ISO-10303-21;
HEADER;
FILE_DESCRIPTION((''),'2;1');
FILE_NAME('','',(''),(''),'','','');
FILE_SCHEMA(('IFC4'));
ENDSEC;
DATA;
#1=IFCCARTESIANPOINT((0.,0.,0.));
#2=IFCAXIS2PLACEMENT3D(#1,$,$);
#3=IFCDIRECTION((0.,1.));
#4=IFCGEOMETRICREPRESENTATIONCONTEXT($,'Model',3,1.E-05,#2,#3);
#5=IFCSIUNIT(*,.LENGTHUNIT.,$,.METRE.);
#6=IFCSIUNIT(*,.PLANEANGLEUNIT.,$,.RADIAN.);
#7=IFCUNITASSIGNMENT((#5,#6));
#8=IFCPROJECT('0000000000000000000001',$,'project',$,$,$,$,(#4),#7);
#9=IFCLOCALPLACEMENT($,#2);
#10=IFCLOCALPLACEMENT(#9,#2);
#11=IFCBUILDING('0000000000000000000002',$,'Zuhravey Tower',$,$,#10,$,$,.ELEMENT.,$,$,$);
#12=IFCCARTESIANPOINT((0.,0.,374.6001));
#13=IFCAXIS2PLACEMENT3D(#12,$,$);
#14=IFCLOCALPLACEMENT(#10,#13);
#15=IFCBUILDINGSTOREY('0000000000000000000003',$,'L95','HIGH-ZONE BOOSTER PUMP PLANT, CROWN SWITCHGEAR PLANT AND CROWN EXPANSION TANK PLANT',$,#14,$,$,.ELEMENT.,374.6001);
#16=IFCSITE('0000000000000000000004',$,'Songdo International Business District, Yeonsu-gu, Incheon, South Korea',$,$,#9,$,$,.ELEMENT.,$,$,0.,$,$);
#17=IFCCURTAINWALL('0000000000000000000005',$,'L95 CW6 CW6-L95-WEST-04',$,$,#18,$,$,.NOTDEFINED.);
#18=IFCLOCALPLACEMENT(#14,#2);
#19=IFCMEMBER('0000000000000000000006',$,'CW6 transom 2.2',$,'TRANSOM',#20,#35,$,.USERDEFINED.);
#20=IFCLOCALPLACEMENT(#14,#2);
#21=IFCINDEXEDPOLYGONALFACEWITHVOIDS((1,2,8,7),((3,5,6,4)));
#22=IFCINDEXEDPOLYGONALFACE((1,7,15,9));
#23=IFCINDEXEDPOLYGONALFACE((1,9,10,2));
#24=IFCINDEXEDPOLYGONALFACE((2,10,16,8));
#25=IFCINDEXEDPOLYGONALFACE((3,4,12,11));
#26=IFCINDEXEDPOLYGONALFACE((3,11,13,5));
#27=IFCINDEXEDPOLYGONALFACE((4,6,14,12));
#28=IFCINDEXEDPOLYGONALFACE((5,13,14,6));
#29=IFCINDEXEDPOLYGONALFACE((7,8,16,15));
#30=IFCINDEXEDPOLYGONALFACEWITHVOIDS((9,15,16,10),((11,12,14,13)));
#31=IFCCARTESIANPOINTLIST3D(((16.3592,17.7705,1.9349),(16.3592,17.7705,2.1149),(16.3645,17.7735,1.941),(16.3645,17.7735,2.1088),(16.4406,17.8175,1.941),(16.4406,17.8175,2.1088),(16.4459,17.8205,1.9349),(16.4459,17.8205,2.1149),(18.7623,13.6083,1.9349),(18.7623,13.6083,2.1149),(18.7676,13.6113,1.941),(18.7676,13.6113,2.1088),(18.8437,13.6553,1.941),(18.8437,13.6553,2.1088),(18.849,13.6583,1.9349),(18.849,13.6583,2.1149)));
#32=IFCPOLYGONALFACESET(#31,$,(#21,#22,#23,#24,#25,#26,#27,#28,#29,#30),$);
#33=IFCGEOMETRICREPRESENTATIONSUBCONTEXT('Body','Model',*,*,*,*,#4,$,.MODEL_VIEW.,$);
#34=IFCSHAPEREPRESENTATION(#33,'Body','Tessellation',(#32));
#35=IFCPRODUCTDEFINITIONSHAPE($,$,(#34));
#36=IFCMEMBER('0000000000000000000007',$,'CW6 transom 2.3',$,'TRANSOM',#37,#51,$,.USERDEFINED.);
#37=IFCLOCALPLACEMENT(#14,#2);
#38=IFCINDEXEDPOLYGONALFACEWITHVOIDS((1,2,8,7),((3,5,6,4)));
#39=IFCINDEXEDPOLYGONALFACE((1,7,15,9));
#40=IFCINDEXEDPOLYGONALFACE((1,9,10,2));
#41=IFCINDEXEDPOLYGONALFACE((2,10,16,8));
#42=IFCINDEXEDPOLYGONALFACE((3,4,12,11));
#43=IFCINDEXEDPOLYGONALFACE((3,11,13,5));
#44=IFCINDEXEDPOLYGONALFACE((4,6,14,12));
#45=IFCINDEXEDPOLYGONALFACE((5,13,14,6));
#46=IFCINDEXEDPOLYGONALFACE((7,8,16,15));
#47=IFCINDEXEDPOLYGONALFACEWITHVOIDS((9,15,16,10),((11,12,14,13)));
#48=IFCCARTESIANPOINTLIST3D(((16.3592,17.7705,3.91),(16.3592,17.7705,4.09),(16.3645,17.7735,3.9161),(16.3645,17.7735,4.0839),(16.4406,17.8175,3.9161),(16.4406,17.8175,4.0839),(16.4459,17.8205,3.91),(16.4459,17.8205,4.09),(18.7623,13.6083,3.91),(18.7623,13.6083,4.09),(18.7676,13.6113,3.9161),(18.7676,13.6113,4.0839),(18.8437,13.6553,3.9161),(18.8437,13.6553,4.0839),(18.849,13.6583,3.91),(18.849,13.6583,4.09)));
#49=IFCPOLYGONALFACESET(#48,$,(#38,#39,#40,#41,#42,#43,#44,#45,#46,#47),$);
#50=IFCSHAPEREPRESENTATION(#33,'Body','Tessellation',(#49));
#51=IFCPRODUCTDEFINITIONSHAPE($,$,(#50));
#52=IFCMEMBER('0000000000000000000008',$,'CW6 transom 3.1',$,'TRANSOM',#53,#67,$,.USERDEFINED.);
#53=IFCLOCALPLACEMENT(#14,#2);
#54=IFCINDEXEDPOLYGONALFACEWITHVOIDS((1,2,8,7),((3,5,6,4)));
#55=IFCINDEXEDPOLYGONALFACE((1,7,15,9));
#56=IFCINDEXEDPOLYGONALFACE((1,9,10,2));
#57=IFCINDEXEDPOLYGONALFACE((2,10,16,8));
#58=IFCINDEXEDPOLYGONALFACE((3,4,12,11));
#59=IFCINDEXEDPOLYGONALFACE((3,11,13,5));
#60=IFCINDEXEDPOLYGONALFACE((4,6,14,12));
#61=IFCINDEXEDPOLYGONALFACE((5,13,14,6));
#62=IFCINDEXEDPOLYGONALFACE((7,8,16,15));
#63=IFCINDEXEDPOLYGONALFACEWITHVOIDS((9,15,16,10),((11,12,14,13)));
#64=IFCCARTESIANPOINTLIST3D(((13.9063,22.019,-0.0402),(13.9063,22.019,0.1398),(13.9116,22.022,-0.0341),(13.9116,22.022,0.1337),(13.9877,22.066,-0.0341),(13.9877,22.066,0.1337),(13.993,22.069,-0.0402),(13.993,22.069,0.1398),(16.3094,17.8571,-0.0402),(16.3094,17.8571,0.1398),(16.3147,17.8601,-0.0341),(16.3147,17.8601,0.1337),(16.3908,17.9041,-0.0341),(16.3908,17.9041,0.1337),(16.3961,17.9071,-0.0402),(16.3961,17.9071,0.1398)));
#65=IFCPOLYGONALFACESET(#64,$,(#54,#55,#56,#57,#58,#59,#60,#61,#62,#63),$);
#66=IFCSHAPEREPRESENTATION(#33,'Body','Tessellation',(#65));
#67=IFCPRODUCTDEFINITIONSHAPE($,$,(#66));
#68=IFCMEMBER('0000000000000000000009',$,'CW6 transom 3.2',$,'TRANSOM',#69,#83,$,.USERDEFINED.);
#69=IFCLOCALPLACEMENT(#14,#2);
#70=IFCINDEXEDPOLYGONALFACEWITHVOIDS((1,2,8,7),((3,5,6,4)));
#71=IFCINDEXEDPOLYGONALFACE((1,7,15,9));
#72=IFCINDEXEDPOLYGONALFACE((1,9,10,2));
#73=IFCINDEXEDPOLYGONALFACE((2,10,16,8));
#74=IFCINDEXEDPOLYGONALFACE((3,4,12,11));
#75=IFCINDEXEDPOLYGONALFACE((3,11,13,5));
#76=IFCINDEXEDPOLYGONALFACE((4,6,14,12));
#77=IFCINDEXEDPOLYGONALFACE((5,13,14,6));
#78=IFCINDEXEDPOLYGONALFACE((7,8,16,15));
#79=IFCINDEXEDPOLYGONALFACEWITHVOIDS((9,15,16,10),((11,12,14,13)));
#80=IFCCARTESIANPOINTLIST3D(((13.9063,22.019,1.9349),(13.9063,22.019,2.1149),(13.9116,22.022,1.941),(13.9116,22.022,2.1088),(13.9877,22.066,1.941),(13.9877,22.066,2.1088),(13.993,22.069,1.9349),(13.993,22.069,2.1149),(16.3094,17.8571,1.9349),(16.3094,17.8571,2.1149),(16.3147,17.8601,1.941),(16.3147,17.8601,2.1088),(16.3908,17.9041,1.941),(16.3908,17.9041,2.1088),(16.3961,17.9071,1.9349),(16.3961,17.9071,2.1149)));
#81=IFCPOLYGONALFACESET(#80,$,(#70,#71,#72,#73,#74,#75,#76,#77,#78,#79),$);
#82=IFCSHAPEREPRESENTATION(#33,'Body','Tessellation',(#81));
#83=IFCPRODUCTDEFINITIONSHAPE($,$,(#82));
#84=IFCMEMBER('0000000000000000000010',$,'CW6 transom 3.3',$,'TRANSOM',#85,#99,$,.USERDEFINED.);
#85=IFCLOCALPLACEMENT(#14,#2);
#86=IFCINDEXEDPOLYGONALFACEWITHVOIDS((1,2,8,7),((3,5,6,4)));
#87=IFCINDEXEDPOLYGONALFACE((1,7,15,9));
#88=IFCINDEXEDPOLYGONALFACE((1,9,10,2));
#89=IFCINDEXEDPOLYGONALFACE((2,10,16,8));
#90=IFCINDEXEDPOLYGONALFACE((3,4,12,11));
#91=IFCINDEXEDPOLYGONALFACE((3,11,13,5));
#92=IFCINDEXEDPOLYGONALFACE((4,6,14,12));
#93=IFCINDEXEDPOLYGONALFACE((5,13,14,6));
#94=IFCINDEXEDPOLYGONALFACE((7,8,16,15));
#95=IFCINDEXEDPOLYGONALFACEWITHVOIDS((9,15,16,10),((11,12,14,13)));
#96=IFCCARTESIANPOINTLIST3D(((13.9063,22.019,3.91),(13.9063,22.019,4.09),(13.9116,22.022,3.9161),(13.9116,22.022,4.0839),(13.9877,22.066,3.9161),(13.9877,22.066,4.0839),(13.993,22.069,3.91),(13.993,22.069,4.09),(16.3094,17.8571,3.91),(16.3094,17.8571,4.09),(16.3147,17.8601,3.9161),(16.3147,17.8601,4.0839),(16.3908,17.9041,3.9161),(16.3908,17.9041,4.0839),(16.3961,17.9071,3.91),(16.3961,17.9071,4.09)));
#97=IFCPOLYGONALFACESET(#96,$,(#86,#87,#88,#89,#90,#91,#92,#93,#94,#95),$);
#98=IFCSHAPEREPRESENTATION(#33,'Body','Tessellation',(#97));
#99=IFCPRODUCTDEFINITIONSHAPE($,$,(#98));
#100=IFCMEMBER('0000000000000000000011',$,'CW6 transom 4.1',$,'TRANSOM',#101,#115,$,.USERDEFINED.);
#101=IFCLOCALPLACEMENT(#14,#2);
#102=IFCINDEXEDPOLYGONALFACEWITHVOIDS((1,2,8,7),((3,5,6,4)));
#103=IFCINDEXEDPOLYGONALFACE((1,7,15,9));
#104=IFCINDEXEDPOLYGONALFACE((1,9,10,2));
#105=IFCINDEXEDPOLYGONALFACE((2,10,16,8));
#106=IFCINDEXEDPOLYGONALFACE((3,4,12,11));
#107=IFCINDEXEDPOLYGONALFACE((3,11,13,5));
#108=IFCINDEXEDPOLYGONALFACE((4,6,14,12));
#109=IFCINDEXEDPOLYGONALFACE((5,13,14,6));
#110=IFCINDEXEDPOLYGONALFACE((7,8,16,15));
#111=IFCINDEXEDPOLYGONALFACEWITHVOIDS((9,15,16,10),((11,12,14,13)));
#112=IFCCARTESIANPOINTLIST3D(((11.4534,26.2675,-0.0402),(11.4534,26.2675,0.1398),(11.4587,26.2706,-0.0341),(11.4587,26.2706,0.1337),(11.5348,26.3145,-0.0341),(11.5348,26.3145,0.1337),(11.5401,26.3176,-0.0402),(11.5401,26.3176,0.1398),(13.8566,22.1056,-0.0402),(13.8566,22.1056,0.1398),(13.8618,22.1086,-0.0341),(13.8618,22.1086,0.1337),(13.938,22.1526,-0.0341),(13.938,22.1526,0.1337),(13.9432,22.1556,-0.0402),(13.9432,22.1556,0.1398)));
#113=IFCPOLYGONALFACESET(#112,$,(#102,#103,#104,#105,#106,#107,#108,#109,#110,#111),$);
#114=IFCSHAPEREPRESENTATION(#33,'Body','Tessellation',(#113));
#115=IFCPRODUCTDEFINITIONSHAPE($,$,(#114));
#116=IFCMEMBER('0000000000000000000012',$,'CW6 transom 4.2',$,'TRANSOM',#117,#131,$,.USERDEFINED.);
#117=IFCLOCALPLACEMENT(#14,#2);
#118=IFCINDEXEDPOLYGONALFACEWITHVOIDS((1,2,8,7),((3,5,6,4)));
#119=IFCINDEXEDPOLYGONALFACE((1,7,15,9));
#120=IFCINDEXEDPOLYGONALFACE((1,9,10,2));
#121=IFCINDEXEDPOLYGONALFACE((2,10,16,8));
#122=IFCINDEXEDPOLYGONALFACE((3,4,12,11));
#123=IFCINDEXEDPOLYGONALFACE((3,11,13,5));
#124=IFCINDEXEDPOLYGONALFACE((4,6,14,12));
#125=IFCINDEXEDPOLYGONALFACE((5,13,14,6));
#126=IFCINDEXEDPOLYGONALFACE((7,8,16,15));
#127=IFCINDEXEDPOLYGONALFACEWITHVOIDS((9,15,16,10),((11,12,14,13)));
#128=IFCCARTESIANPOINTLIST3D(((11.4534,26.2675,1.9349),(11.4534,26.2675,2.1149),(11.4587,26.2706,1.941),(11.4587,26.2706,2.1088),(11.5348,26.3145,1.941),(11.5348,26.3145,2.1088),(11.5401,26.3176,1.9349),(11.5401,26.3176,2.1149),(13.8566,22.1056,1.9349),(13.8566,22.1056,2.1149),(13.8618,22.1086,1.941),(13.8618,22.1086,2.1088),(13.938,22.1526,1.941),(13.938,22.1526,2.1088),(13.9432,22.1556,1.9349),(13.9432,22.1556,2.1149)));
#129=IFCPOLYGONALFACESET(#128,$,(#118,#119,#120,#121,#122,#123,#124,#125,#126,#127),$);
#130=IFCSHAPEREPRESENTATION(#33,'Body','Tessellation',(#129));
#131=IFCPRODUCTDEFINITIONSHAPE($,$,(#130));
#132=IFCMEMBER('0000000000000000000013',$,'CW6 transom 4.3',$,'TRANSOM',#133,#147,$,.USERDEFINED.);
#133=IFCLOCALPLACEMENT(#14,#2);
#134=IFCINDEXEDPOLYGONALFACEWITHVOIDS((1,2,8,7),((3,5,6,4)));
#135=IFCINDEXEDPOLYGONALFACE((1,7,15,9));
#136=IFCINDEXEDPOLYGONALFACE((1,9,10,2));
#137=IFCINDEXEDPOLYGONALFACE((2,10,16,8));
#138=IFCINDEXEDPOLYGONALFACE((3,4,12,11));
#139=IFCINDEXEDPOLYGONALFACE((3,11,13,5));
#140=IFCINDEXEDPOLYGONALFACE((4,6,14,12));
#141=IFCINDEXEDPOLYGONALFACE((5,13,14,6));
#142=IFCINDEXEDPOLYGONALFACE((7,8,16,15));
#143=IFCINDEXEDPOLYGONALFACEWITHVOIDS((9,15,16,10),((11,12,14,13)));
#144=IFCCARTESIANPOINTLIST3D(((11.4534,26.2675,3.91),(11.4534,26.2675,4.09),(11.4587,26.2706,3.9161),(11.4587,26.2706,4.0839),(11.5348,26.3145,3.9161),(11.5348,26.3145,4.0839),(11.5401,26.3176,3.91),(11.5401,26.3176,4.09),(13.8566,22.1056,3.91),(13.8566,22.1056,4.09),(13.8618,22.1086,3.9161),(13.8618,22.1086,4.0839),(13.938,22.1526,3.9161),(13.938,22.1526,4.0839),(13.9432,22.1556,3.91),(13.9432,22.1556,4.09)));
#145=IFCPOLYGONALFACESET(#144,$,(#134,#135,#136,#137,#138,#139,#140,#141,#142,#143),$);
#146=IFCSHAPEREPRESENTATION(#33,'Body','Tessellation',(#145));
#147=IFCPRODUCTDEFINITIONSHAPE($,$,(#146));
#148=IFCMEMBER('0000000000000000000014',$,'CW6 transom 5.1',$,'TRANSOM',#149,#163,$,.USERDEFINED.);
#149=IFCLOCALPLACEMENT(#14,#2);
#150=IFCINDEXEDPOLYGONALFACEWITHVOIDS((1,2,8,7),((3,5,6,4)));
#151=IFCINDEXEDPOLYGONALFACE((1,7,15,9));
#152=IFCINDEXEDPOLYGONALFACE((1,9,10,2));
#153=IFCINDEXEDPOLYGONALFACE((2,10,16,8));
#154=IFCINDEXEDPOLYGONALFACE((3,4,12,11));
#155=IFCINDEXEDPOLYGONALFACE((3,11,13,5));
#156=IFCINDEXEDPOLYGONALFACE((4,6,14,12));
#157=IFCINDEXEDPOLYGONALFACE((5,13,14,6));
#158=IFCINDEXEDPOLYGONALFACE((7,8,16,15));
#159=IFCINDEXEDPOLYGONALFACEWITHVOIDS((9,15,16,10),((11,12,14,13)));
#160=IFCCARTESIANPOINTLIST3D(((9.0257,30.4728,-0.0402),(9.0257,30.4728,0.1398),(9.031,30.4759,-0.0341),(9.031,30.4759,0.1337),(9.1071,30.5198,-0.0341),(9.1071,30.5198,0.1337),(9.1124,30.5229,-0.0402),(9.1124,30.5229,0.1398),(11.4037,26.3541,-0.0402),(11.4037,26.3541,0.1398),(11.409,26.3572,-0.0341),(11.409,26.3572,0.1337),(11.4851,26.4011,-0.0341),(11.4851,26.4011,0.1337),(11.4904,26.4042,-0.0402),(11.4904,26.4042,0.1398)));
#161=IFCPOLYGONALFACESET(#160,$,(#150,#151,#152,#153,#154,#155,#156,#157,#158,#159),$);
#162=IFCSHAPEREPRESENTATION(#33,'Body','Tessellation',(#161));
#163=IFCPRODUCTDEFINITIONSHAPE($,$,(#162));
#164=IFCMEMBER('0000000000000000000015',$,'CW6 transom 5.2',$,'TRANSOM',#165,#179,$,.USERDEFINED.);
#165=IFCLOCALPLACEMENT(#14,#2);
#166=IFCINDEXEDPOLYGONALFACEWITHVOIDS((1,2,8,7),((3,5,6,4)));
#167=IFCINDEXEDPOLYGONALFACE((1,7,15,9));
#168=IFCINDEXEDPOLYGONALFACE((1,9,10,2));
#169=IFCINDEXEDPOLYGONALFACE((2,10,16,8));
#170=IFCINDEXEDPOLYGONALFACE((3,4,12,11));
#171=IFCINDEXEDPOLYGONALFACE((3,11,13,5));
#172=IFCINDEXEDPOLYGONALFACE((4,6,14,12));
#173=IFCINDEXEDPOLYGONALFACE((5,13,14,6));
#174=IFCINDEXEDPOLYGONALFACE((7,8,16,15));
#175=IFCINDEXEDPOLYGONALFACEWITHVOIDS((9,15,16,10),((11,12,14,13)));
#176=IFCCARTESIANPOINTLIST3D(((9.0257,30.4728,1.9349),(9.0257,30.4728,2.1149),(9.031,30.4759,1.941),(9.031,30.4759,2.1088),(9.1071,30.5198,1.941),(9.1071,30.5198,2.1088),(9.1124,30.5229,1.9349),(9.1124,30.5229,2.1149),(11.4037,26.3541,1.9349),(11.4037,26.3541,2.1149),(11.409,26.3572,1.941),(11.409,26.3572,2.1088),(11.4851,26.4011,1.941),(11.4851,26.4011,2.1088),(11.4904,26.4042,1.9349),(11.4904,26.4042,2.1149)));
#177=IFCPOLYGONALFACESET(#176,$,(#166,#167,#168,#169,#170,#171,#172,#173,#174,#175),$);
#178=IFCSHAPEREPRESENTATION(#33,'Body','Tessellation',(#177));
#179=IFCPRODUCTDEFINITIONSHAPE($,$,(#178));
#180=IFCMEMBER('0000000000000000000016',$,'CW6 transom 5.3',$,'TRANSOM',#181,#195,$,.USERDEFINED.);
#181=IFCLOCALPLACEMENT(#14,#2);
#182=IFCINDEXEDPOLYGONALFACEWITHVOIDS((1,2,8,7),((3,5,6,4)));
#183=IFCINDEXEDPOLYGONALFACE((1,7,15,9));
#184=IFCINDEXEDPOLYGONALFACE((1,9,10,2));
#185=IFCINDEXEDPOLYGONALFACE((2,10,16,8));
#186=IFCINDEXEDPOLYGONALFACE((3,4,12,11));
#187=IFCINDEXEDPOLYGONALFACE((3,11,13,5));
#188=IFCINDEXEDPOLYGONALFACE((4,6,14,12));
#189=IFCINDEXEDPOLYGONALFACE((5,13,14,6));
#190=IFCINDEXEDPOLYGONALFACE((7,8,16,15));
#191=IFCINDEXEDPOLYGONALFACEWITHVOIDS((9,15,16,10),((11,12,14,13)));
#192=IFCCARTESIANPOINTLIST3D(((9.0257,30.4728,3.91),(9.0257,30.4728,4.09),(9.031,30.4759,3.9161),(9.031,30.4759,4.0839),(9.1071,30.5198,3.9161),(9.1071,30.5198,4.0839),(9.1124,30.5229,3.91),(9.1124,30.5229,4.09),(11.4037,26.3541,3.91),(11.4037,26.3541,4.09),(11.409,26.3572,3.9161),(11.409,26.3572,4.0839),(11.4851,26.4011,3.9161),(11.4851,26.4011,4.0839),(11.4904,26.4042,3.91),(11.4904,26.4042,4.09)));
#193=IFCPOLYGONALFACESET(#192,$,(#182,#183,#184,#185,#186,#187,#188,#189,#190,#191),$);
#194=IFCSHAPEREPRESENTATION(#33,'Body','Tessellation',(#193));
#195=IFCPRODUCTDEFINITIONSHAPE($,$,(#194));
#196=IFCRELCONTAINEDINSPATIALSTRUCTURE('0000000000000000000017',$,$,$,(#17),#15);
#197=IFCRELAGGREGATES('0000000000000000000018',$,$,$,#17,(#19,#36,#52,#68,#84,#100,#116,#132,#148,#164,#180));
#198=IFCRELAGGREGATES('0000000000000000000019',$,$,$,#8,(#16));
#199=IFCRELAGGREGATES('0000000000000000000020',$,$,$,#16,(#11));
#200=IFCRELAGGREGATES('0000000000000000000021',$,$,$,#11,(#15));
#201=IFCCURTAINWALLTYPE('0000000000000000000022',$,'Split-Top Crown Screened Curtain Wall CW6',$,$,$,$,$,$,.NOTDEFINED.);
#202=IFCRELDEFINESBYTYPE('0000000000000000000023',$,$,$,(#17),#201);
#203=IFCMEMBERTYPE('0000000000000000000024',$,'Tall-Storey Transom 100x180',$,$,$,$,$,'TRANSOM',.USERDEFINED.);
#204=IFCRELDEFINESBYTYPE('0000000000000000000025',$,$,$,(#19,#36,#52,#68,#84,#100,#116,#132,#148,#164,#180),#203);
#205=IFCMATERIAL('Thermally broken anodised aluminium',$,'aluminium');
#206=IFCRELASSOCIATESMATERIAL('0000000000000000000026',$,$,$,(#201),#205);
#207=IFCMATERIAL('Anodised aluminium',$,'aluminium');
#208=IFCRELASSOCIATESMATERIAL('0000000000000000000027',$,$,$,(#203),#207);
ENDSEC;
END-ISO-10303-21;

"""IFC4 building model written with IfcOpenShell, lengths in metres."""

from ifc_helpers import new_model, si_unit, direction, frame, origin, origin_2d, place, context, subcontext, project, spatial, hollow_rectangle, extrude, material, material_profile, profile_set, type_object, element, aggregate, save


model = new_model("IFC4")

# Units and contexts
model_context = context("Model", 3, precision=1e-05, world=origin(), true_north=direction((0.0, 1.0)))
body_context = subcontext(model_context, "Body", "Model", "MODEL_VIEW")
ifc_project = project(units=[si_unit("LENGTHUNIT", "METRE"), si_unit("PLANEANGLEUNIT", "RADIAN")], contexts=[model_context])

# Site, building, storey
site_placement = place(None, origin())
site = spatial("IfcSite", under=ifc_project, at=site_placement, Name="Songdo International Business District, Yeonsu-gu, Incheon, South Korea", CompositionType="ELEMENT", RefElevation=0.0)
building_placement = place(site_placement, origin())
building = spatial("IfcBuilding", under=site, at=building_placement, Name="Zuhravey Tower", CompositionType="ELEMENT")
storey_placement = place(building_placement, frame((0.0, 0.0, 374.6001)))
storey = spatial("IfcBuildingStorey", under=building, at=storey_placement, Name="L95", Description="HIGH-ZONE BOOSTER PUMP PLANT, CROWN SWITCHGEAR PLANT AND CROWN EXPANSION TANK PLANT", CompositionType="ELEMENT", Elevation=374.6001)

# Curtain wall
ifc_material_1 = material(Name="Thermally broken anodised aluminium", Category="aluminium")
curtain_wall_type = type_object("IfcCurtainWallType", Name="Split-Top Crown Screened Curtain Wall CW6", PredefinedType="NOTDEFINED", material=ifc_material_1)
curtain_wall_placement = place(storey_placement, origin())
curtain_wall = element("IfcCurtainWall", 1, at=curtain_wall_placement, inside=storey, type_object=curtain_wall_type, Name="L95 CW6 CW6-L95-WEST-04", PredefinedType="NOTDEFINED")
ifc_material_2 = material(Name="Anodised aluminium", Category="aluminium")

# Members
ifc_material_profile_1 = material_profile(ifc_material_2, hollow_rectangle(XDim=0.1001, YDim=0.1799, WallThickness=0.0061, at=origin_2d()), Name="ALU-RHS-100x180x6")
ifc_profile_set_1 = profile_set([ifc_material_profile_1], Name="Anodised aluminium")
member_type_1 = type_object("IfcMemberType", Name="Tall-Storey Transom 100x180", ElementType="TRANSOM", PredefinedType="USERDEFINED", material=ifc_profile_set_1)
member_1_placement = place(storey_placement, frame((18.8057, 13.6333, 2.0249), z_axis=(-0.500013, 0.866018, 0.0), x_axis=(-0.866018, -0.500013, 0.0)))
member_1 = element("IfcMember", 2, at=member_1_placement, type_object=member_type_1, Name="CW6 transom 2.2", ObjectType="TRANSOM", PredefinedType="USERDEFINED", context=body_context, shape_type="SweptSolid", body=[
    extrude(hollow_rectangle(XDim=0.1001, YDim=0.1799, WallThickness=0.0061, at=origin_2d()), origin(), (0.0, 0.0, 1.0), 4.8062),
])
member_2_placement = place(storey_placement, frame((18.8057, 13.6333, 4.0), z_axis=(-0.500013, 0.866018, 0.0), x_axis=(-0.866018, -0.500013, 0.0)))
member_2 = element("IfcMember", 3, at=member_2_placement, type_object=member_type_1, Name="CW6 transom 2.3", ObjectType="TRANSOM", PredefinedType="USERDEFINED", context=body_context, shape_type="SweptSolid", body=[
    extrude(hollow_rectangle(XDim=0.1001, YDim=0.1799, WallThickness=0.0061, at=origin_2d()), origin(), (0.0, 0.0, 1.0), 4.8062),
])
member_3_placement = place(storey_placement, frame((16.3528, 17.8821, 0.0498), z_axis=(-0.500035, 0.866005, 0.0), x_axis=(-0.866005, -0.500035, 0.0)))
member_3 = element("IfcMember", 4, at=member_3_placement, type_object=member_type_1, Name="CW6 transom 3.1", ObjectType="TRANSOM", PredefinedType="USERDEFINED", context=body_context, shape_type="SweptSolid", body=[
    extrude(hollow_rectangle(XDim=0.1001, YDim=0.1799, WallThickness=0.0061, at=origin_2d()), origin(), (0.0, 0.0, 1.0), 4.8059),
])
member_4_placement = place(storey_placement, frame((16.3528, 17.8821, 2.0249), z_axis=(-0.500035, 0.866005, 0.0), x_axis=(-0.866005, -0.500035, 0.0)))
member_4 = element("IfcMember", 5, at=member_4_placement, type_object=member_type_1, Name="CW6 transom 3.2", ObjectType="TRANSOM", PredefinedType="USERDEFINED", context=body_context, shape_type="SweptSolid", body=[
    extrude(hollow_rectangle(XDim=0.1001, YDim=0.1799, WallThickness=0.0061, at=origin_2d()), origin(), (0.0, 0.0, 1.0), 4.8059),
])
member_5_placement = place(storey_placement, frame((16.3528, 17.8821, 4.0), z_axis=(-0.500035, 0.866005, 0.0), x_axis=(-0.866005, -0.500035, 0.0)))
member_5 = element("IfcMember", 6, at=member_5_placement, type_object=member_type_1, Name="CW6 transom 3.3", ObjectType="TRANSOM", PredefinedType="USERDEFINED", context=body_context, shape_type="SweptSolid", body=[
    extrude(hollow_rectangle(XDim=0.1001, YDim=0.1799, WallThickness=0.0061, at=origin_2d()), origin(), (0.0, 0.0, 1.0), 4.8059),
])
member_6_placement = place(storey_placement, frame((13.8999, 22.1306, 0.0498), z_axis=(-0.500035, 0.866005, 0.0), x_axis=(-0.866005, -0.500035, 0.0)))
member_6 = element("IfcMember", 7, at=member_6_placement, type_object=member_type_1, Name="CW6 transom 4.1", ObjectType="TRANSOM", PredefinedType="USERDEFINED", context=body_context, shape_type="SweptSolid", body=[
    extrude(hollow_rectangle(XDim=0.1001, YDim=0.1799, WallThickness=0.0061, at=origin_2d()), origin(), (0.0, 0.0, 1.0), 4.8059),
])
member_7_placement = place(storey_placement, frame((13.8999, 22.1306, 2.0249), z_axis=(-0.500035, 0.866005, 0.0), x_axis=(-0.866005, -0.500035, 0.0)))
member_7 = element("IfcMember", 8, at=member_7_placement, type_object=member_type_1, Name="CW6 transom 4.2", ObjectType="TRANSOM", PredefinedType="USERDEFINED", context=body_context, shape_type="SweptSolid", body=[
    extrude(hollow_rectangle(XDim=0.1001, YDim=0.1799, WallThickness=0.0061, at=origin_2d()), origin(), (0.0, 0.0, 1.0), 4.8059),
])
member_8_placement = place(storey_placement, frame((13.8999, 22.1306, 4.0), z_axis=(-0.500035, 0.866005, 0.0), x_axis=(-0.866005, -0.500035, 0.0)))
member_8 = element("IfcMember", 9, at=member_8_placement, type_object=member_type_1, Name="CW6 transom 4.3", ObjectType="TRANSOM", PredefinedType="USERDEFINED", context=body_context, shape_type="SweptSolid", body=[
    extrude(hollow_rectangle(XDim=0.1001, YDim=0.1799, WallThickness=0.0061, at=origin_2d()), origin(), (0.0, 0.0, 1.0), 4.8059),
])
member_9_placement = place(storey_placement, frame((11.447, 26.3792, 0.0498), z_axis=(-0.500004, 0.866023, 0.0), x_axis=(-0.866023, -0.500004, 0.0)))
member_9 = element("IfcMember", 10, at=member_9_placement, type_object=member_type_1, Name="CW6 transom 5.1", ObjectType="TRANSOM", PredefinedType="USERDEFINED", context=body_context, shape_type="SweptSolid", body=[
    extrude(hollow_rectangle(XDim=0.1001, YDim=0.1799, WallThickness=0.0061, at=origin_2d()), origin(), (0.0, 0.0, 1.0), 4.7559),
])
member_10_placement = place(storey_placement, frame((11.447, 26.3792, 2.0249), z_axis=(-0.500004, 0.866023, 0.0), x_axis=(-0.866023, -0.500004, 0.0)))
member_10 = element("IfcMember", 11, at=member_10_placement, type_object=member_type_1, Name="CW6 transom 5.2", ObjectType="TRANSOM", PredefinedType="USERDEFINED", context=body_context, shape_type="SweptSolid", body=[
    extrude(hollow_rectangle(XDim=0.1001, YDim=0.1799, WallThickness=0.0061, at=origin_2d()), origin(), (0.0, 0.0, 1.0), 4.7559),
])
member_11_placement = place(storey_placement, frame((11.447, 26.3792, 4.0), z_axis=(-0.500004, 0.866023, 0.0), x_axis=(-0.866023, -0.500004, 0.0)))
member_11 = element("IfcMember", 12, at=member_11_placement, type_object=member_type_1, Name="CW6 transom 5.3", ObjectType="TRANSOM", PredefinedType="USERDEFINED", context=body_context, shape_type="SweptSolid", body=[
    extrude(hollow_rectangle(XDim=0.1001, YDim=0.1799, WallThickness=0.0061, at=origin_2d()), origin(), (0.0, 0.0, 1.0), 4.7559),
])

aggregate(curtain_wall, [member_1, member_2, member_3, member_4, member_5, member_6, member_7, member_8, member_9, member_10, member_11])

save(model, "model.ifc")
